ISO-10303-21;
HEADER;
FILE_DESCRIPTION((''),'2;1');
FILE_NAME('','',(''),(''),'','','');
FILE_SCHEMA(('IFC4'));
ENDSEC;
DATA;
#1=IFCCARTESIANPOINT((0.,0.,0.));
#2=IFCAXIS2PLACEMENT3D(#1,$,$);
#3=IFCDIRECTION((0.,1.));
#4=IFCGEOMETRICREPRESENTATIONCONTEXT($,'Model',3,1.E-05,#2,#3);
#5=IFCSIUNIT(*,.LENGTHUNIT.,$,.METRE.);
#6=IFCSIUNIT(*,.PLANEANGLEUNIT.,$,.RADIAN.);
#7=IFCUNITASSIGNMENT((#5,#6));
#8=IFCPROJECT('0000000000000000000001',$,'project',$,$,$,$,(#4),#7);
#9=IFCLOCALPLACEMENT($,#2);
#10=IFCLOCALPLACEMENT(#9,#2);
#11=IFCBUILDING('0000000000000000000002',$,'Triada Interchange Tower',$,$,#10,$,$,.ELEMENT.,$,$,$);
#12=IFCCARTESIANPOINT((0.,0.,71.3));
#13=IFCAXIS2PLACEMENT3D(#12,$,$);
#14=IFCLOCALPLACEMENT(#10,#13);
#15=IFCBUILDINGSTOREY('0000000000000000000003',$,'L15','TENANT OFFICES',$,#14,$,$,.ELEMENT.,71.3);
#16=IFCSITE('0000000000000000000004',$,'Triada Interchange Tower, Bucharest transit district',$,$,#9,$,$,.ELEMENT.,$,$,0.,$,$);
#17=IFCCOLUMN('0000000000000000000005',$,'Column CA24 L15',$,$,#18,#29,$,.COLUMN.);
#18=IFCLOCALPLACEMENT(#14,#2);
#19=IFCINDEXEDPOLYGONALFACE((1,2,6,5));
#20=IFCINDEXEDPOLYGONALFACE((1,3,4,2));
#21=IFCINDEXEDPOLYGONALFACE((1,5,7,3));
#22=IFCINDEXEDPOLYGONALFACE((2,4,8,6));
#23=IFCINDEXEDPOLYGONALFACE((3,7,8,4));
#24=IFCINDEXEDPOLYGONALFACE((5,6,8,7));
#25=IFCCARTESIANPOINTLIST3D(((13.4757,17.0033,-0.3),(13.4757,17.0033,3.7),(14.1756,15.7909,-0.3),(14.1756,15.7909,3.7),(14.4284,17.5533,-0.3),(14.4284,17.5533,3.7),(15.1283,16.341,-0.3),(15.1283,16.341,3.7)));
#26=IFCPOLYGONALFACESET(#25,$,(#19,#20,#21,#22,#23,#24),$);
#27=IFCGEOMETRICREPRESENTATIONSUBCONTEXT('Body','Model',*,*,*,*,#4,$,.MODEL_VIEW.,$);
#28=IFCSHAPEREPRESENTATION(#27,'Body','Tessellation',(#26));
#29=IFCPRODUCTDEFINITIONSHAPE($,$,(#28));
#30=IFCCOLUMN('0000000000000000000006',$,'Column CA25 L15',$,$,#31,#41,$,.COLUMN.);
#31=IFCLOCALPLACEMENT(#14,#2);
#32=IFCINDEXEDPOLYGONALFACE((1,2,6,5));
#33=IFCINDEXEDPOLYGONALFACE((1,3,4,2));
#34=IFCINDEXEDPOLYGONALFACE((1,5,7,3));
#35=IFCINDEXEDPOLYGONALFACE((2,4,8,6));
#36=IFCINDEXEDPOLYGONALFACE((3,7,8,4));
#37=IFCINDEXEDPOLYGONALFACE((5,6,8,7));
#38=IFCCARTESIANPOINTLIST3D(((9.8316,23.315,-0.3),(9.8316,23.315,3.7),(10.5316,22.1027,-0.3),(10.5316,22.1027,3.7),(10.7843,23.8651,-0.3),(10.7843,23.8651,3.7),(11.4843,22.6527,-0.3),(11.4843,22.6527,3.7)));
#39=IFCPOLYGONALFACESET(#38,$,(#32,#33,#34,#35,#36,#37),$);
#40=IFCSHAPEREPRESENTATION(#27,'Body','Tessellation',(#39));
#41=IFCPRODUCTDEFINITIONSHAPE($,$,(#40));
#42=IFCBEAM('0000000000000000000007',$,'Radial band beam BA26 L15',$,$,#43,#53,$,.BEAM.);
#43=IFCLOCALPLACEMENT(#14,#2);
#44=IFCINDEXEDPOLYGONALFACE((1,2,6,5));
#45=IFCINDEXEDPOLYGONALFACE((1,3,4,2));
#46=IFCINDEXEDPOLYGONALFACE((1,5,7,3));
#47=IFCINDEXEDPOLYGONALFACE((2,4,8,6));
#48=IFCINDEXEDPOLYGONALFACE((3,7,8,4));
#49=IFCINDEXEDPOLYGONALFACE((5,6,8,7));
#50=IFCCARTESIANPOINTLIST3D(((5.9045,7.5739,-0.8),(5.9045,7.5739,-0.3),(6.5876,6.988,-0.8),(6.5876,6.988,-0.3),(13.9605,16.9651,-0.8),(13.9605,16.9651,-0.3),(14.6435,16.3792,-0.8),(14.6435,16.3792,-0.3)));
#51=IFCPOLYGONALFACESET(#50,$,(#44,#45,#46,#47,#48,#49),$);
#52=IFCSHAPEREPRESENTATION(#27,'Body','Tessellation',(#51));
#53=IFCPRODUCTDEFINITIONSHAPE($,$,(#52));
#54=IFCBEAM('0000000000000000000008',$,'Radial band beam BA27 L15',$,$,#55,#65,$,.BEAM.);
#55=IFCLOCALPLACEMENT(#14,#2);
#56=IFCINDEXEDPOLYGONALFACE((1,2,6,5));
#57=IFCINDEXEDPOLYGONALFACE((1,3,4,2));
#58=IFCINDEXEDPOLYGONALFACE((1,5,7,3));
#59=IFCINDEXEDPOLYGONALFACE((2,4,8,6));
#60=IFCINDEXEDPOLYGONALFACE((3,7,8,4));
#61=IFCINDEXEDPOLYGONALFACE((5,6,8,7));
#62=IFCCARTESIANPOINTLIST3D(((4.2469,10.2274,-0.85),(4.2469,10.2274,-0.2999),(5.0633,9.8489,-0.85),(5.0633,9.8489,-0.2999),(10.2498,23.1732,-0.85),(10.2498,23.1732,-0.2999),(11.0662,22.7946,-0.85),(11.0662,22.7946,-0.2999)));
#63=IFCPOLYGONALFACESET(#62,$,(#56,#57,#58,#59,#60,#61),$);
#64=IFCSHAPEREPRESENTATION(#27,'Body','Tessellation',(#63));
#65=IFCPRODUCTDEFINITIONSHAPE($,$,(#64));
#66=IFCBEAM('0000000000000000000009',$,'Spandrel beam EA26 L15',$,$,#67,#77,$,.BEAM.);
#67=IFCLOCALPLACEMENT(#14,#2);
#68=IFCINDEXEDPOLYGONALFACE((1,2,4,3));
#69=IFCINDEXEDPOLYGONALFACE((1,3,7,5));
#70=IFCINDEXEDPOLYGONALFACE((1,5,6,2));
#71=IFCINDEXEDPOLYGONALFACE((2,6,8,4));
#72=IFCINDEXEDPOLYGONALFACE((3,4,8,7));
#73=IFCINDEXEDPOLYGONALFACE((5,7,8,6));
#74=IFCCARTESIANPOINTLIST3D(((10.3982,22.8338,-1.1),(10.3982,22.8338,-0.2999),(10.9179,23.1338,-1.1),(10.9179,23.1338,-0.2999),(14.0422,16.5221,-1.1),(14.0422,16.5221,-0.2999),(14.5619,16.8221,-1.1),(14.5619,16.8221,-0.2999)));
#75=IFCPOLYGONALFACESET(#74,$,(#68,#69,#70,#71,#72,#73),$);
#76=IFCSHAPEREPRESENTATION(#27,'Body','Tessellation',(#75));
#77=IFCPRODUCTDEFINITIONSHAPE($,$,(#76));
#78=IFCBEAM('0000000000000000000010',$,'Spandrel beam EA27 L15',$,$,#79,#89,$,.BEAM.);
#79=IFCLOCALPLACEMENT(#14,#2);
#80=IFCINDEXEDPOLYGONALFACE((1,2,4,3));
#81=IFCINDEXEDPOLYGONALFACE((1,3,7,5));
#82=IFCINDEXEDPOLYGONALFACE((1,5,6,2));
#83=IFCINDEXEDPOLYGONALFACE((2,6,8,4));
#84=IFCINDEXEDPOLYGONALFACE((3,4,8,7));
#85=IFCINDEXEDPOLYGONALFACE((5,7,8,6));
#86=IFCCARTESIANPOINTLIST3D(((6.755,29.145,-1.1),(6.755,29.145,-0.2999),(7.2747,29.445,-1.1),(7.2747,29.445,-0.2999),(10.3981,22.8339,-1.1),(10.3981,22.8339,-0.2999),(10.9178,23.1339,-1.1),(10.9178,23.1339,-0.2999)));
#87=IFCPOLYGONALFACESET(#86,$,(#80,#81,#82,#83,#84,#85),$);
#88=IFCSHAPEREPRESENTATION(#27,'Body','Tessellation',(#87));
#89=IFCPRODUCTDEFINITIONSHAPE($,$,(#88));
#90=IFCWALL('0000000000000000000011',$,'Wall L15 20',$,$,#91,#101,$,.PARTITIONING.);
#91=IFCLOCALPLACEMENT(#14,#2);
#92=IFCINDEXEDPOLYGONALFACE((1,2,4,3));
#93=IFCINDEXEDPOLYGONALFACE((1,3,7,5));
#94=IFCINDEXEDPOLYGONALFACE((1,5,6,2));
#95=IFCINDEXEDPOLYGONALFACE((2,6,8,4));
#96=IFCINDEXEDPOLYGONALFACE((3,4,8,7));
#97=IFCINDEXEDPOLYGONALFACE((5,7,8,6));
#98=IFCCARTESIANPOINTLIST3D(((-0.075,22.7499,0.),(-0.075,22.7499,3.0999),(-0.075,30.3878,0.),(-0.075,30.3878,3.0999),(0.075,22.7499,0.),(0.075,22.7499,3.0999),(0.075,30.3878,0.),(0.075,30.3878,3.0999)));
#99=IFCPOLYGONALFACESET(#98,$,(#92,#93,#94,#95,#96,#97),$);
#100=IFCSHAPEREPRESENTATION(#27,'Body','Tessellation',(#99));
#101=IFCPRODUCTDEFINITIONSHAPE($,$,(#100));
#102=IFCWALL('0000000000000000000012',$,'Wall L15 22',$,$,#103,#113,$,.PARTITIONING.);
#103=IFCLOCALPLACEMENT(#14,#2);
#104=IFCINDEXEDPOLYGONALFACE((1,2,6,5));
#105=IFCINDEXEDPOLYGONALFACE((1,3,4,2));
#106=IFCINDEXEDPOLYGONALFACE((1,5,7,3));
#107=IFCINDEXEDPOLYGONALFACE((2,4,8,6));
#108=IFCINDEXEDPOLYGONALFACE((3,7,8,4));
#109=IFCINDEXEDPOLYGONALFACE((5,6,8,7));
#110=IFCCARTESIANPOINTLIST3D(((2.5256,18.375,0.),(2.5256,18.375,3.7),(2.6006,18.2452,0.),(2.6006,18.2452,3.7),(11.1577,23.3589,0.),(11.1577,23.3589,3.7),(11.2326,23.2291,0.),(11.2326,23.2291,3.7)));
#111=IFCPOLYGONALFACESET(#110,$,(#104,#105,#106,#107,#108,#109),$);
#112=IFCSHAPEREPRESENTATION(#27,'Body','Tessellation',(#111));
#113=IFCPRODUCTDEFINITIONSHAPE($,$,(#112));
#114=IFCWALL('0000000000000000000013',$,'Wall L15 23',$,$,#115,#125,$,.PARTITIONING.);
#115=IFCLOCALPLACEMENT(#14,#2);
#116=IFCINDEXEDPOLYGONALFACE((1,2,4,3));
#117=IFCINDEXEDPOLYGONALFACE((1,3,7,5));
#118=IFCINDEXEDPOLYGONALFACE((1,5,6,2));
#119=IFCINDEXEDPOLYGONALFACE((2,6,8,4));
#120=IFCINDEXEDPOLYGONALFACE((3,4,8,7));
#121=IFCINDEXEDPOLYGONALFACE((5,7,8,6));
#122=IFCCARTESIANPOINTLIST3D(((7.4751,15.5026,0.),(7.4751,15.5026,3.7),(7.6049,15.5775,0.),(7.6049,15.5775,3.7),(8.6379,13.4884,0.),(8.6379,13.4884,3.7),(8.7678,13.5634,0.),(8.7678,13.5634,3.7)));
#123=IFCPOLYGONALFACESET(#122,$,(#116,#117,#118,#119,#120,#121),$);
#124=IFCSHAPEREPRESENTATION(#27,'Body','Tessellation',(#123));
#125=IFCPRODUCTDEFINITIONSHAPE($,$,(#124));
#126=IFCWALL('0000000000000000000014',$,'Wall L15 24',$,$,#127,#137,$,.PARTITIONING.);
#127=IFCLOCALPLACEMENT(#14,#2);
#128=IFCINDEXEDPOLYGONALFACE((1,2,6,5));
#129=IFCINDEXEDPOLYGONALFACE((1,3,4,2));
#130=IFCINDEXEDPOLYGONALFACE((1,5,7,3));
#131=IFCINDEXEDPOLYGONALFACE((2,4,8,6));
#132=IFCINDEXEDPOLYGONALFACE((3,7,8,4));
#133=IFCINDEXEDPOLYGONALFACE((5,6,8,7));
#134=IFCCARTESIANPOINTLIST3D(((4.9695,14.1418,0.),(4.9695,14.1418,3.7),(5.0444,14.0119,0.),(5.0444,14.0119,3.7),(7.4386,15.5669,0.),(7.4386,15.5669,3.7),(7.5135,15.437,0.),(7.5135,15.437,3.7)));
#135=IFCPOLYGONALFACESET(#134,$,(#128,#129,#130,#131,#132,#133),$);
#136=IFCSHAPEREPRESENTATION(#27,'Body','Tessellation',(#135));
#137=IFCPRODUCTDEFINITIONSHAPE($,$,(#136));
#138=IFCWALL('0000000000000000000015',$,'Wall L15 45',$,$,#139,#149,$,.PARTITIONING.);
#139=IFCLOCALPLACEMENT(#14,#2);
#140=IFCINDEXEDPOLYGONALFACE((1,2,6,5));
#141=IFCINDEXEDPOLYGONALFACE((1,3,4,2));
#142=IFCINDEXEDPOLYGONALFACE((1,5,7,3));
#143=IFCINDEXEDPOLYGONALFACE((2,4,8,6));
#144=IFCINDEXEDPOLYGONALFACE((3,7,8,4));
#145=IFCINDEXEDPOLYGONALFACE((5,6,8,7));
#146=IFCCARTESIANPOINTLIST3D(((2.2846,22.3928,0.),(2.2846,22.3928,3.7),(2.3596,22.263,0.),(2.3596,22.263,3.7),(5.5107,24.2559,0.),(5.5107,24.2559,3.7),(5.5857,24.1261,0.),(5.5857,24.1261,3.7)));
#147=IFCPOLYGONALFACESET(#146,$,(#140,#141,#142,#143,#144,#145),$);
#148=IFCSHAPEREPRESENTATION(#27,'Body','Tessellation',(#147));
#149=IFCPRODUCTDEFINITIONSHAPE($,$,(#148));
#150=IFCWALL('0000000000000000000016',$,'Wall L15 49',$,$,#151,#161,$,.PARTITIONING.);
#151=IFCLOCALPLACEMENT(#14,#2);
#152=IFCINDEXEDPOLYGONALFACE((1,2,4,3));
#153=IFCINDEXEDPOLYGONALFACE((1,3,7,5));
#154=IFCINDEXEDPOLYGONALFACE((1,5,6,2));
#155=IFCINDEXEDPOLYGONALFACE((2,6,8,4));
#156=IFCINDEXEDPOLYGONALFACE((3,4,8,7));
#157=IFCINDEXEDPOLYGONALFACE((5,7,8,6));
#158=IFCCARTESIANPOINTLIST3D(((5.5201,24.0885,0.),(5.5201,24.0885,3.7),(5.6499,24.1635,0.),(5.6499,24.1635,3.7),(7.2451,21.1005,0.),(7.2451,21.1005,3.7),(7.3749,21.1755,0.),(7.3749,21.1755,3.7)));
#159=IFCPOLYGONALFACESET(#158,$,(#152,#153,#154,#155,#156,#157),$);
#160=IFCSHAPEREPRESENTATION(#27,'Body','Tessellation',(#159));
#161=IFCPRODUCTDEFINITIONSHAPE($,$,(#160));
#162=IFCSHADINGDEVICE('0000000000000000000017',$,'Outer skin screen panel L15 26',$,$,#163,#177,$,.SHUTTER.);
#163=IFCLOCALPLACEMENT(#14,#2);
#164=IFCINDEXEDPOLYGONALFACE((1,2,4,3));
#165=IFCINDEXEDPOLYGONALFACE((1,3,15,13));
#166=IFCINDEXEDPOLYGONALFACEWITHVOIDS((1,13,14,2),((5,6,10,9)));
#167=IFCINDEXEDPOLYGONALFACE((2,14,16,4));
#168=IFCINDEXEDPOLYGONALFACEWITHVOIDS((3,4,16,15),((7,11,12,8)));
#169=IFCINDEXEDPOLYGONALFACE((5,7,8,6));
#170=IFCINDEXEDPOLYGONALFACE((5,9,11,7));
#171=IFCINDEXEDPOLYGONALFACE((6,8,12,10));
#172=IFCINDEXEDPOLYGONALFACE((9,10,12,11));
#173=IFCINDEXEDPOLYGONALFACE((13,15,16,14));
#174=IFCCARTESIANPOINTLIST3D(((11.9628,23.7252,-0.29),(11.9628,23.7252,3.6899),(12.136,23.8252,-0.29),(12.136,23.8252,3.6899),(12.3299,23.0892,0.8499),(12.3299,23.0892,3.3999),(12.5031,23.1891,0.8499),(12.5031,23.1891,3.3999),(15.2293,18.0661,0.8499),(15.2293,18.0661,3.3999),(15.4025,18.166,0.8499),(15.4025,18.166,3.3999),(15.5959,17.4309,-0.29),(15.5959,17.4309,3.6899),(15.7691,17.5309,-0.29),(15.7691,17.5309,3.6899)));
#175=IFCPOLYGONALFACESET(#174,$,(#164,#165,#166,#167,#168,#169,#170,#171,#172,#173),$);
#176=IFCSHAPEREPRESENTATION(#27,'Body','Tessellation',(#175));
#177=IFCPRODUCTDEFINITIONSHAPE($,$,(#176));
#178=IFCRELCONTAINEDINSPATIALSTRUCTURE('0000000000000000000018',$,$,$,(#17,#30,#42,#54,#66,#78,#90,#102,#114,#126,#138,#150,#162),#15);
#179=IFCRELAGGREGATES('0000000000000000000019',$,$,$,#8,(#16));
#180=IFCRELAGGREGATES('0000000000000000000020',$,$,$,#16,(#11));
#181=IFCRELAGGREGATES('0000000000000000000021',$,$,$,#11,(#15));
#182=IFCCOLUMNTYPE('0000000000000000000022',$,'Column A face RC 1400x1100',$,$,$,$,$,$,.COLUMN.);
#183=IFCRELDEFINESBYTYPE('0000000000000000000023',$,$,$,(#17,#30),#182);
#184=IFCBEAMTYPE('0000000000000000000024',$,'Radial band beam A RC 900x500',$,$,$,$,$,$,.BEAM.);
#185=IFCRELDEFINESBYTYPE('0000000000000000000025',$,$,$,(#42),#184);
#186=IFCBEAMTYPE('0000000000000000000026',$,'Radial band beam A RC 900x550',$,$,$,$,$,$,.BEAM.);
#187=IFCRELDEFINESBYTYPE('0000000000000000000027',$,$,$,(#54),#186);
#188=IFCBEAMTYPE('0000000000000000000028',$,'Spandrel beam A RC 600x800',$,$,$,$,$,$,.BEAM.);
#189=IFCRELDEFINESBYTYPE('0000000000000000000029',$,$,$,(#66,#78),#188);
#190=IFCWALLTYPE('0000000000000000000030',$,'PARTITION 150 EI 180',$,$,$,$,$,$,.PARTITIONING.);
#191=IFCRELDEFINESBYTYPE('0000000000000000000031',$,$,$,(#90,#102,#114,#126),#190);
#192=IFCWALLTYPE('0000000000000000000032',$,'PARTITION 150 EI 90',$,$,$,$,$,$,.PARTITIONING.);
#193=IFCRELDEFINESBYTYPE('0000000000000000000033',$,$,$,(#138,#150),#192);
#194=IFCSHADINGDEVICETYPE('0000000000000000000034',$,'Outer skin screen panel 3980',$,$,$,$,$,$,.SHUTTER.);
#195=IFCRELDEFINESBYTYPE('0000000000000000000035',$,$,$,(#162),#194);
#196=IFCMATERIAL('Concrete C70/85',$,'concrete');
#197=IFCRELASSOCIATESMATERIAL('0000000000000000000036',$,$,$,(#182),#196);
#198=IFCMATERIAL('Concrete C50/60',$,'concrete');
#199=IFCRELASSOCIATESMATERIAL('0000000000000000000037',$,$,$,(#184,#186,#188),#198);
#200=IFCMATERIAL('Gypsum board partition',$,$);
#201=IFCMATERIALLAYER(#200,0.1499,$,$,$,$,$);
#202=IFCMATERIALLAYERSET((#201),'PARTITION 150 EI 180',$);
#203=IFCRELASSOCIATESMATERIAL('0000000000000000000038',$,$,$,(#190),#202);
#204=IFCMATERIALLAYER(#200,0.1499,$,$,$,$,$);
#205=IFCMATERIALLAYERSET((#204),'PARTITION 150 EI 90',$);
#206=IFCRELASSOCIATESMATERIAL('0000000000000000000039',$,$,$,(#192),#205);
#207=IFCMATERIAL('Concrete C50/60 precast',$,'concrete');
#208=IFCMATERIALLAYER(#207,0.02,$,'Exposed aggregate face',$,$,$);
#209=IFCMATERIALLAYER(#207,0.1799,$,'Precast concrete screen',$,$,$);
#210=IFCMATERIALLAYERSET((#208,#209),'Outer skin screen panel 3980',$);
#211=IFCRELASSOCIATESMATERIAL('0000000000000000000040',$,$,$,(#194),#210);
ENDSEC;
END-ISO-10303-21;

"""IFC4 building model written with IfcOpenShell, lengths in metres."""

from ifc_helpers import new_model, si_unit, direction, frame, frame_2d, origin, origin_2d, place, context, subcontext, project, spatial, polyline, rectangle, outline, extrude, material, layer, layer_set, material_profile, profile_set, type_object, element, save


model = new_model("IFC4")

# Units and contexts
model_context = context("Model", 3, precision=1e-05, world=origin(), true_north=direction((0.0, 1.0)))
body_context = subcontext(model_context, "Body", "Model", "MODEL_VIEW")
ifc_project = project(units=[si_unit("LENGTHUNIT", "METRE"), si_unit("PLANEANGLEUNIT", "RADIAN")], contexts=[model_context])

# Site, building, storey
site_placement = place(None, origin())
site = spatial("IfcSite", under=ifc_project, at=site_placement, Name="Triada Interchange Tower, Bucharest transit district", CompositionType="ELEMENT", RefElevation=0.0)
building_placement = place(site_placement, origin())
building = spatial("IfcBuilding", under=site, at=building_placement, Name="Triada Interchange Tower", CompositionType="ELEMENT")
storey_placement = place(building_placement, frame((0.0, 0.0, 71.3)))
storey = spatial("IfcBuildingStorey", under=building, at=storey_placement, Name="L15", Description="TENANT OFFICES", CompositionType="ELEMENT", Elevation=71.3)

# Columns
ifc_material_1 = material(Name="Concrete C70/85", Category="concrete")
ifc_material_profile_1 = material_profile(ifc_material_1, rectangle(XDim=1.3999, YDim=1.1001, at=origin_2d()), Name="RC 1400x1100")
ifc_profile_set_1 = profile_set([ifc_material_profile_1], Name="Concrete C70/85")
column_type = type_object("IfcColumnType", Name="Column A face RC 1400x1100", PredefinedType="COLUMN", material=ifc_profile_set_1)
for number, where, z_axis, x_axis, name in (
    (1, (14.302, 16.6721, -0.3), (0.0, 0.0, 1.0), (-0.5, 0.866025, 0.0), "Column CA24 L15"),
    (2, (10.658, 22.9839, -0.3), (0.0, 0.0, 1.0), (-0.5, 0.866025, 0.0), "Column CA25 L15"),
):
    element("IfcColumn", number, at=place(storey_placement, frame(where, z_axis=z_axis, x_axis=x_axis)), inside=storey, type_object=column_type, Name=name, PredefinedType="COLUMN", context=body_context, shape_type="SweptSolid", body=[
        extrude(rectangle(XDim=1.3999, YDim=1.1001, at=origin_2d()), origin(), (0.0, 0.0, 1.0), 4.0),
    ])

# Beams
ifc_material_2 = material(Name="Concrete C50/60", Category="concrete")
ifc_material_profile_2 = material_profile(ifc_material_2, rectangle(XDim=0.8999, YDim=0.5, at=origin_2d()), Name="RC 900x500")
ifc_profile_set_2 = profile_set([ifc_material_profile_2], Name="Concrete C50/60")
beam_type_1 = type_object("IfcBeamType", Name="Radial band beam A RC 900x500", PredefinedType="BEAM", material=ifc_profile_set_2)
beam_1_placement = place(storey_placement, frame((14.302, 16.6721, -0.55), z_axis=(-0.651089, -0.759002, 0.0), x_axis=(0.759002, -0.651089, 0.0)))
element("IfcBeam", 3, at=beam_1_placement, inside=storey, type_object=beam_type_1, Name="Radial band beam BA26 L15", PredefinedType="BEAM", context=body_context, shape_type="SweptSolid", body=[
    extrude(rectangle(XDim=0.8999, YDim=0.5, at=origin_2d()), origin(), (0.0, 0.0, 1.0), 12.373),
])
ifc_material_profile_3 = material_profile(ifc_material_2, rectangle(XDim=0.8999, YDim=0.55, at=origin_2d()), Name="RC 900x550")
ifc_profile_set_3 = profile_set([ifc_material_profile_3], Name="Concrete C50/60")
beam_type_2 = type_object("IfcBeamType", Name="Radial band beam A RC 900x550", PredefinedType="BEAM", material=ifc_profile_set_3)
beam_2_placement = place(storey_placement, frame((10.658, 22.9839, -0.575), z_axis=(-0.420672, -0.907213, 0.0), x_axis=(0.907213, -0.420672, 0.0)))
element("IfcBeam", 4, at=beam_2_placement, inside=storey, type_object=beam_type_2, Name="Radial band beam BA27 L15", PredefinedType="BEAM", context=body_context, shape_type="SweptSolid", body=[
    extrude(rectangle(XDim=0.8999, YDim=0.55, at=origin_2d()), origin(), (0.0, 0.0, 1.0), 14.2698),
])
ifc_material_profile_4 = material_profile(ifc_material_2, rectangle(XDim=0.6001, YDim=0.8, at=origin_2d()), Name="RC 600x800")
ifc_profile_set_4 = profile_set([ifc_material_profile_4], Name="Concrete C50/60")
beam_type_3 = type_object("IfcBeamType", Name="Spandrel beam A RC 600x800", PredefinedType="BEAM", material=ifc_profile_set_4)
beam_3_placement = place(storey_placement, frame((14.302, 16.6721, -0.7), z_axis=(-0.499994, 0.866029, 0.0), x_axis=(-0.866029, -0.499994, 0.0)))
element("IfcBeam", 5, at=beam_3_placement, inside=storey, type_object=beam_type_3, Name="Spandrel beam EA26 L15", PredefinedType="BEAM", context=body_context, shape_type="SweptSolid", body=[
    extrude(rectangle(XDim=0.6001, YDim=0.8, at=origin_2d()), origin(), (0.0, 0.0, 1.0), 7.2881),
])
beam_4_placement = place(storey_placement, frame((10.658, 22.9839, -0.7), z_axis=(-0.499937, 0.866062, 0.0), x_axis=(-0.866062, -0.499937, 0.0)))
element("IfcBeam", 6, at=beam_4_placement, inside=storey, type_object=beam_type_3, Name="Spandrel beam EA27 L15", PredefinedType="BEAM", context=body_context, shape_type="SweptSolid", body=[
    extrude(rectangle(XDim=0.6001, YDim=0.8, at=origin_2d()), origin(), (0.0, 0.0, 1.0), 7.2871),
])

# Wall
ifc_material_3 = material(Name="Gypsum board partition")
ifc_layer_1 = layer(ifc_material_3, 0.1499)
ifc_layer_set_1 = layer_set([ifc_layer_1], Name="PARTITION 150 EI 180")
wall_type_1 = type_object("IfcWallType", Name="PARTITION 150 EI 180", PredefinedType="PARTITIONING", material=ifc_layer_set_1)
wall_1_placement = place(storey_placement, frame((0.0, 22.75, 0.0), z_axis=(0.0, 0.0, 1.0), x_axis=(0.0, 1.0, 0.0)))
element("IfcWall", 7, at=wall_1_placement, inside=storey, type_object=wall_type_1, Name="Wall L15 20", PredefinedType="PARTITIONING", context=body_context, shape_type="SweptSolid", body=[
    extrude(rectangle(XDim=7.6379, YDim=0.1499, at=frame_2d((3.8188, 0.0))), origin(), (0.0, 0.0, 1.0), 3.0999),
])

# Walls
wall_2_placement = place(storey_placement, frame((2.563, 18.3101, 0.0), z_axis=(0.0, 0.0, 1.0), x_axis=(0.866019, 0.500012, 0.0)))
element("IfcWall", 8, at=wall_2_placement, inside=storey, type_object=wall_type_1, Name="Wall L15 22", PredefinedType="PARTITIONING", context=body_context, shape_type="SweptSolid", body=[
    extrude(rectangle(XDim=9.9675, YDim=0.1499, at=frame_2d((4.9839, 0.0))), origin(), (0.0, 0.0, 1.0), 3.7),
])
wall_3_placement = place(storey_placement, frame((7.54, 15.54, 0.0), z_axis=(0.0, 0.0, 1.0), x_axis=(0.499989, -0.866032, 0.0)))
element("IfcWall", 9, at=wall_3_placement, inside=storey, type_object=wall_type_1, Name="Wall L15 23", PredefinedType="PARTITIONING", context=body_context, shape_type="SweptSolid", body=[
    extrude(rectangle(XDim=2.3257, YDim=0.1499, at=frame_2d((1.1628, 0.0))), origin(), (0.0, 0.0, 1.0), 3.7),
])
wall_4_placement = place(storey_placement, frame((5.0071, 14.0769, 0.0), z_axis=(0.0, 0.0, 1.0), x_axis=(0.86609, 0.499888, 0.0)))
element("IfcWall", 10, at=wall_4_placement, inside=storey, type_object=wall_type_1, Name="Wall L15 24", PredefinedType="PARTITIONING", context=body_context, shape_type="SweptSolid", body=[
    extrude(rectangle(XDim=2.8508, YDim=0.1499, at=frame_2d((1.4253, 0.0))), origin(), (0.0, 0.0, 1.0), 3.7),
])
ifc_layer_2 = layer(ifc_material_3, 0.1499)
ifc_layer_set_2 = layer_set([ifc_layer_2], Name="PARTITION 150 EI 90")
wall_type_2 = type_object("IfcWallType", Name="PARTITION 150 EI 90", PredefinedType="PARTITIONING", material=ifc_layer_set_2)
wall_5_placement = place(storey_placement, frame((2.322, 22.3279, 0.0), z_axis=(0.0, 0.0, 1.0), x_axis=(0.865972, 0.500093, 0.0)))
element("IfcWall", 11, at=wall_5_placement, inside=storey, type_object=wall_type_2, Name="Wall L15 45", PredefinedType="PARTITIONING", context=body_context, shape_type="SweptSolid", body=[
    extrude(rectangle(XDim=3.7253, YDim=0.1499, at=frame_2d((1.8628, 0.0))), origin(), (0.0, 0.0, 1.0), 3.7),
])
wall_6_placement = place(storey_placement, frame((5.585, 24.126, 0.0), z_axis=(0.0, 0.0, 1.0), x_axis=(0.49999, -0.866031, 0.0)))
element("IfcWall", 12, at=wall_6_placement, inside=storey, type_object=wall_type_2, Name="Wall L15 49", PredefinedType="PARTITIONING", context=body_context, shape_type="SweptSolid", body=[
    extrude(rectangle(XDim=3.4502, YDim=0.1499, at=frame_2d((1.7251, 0.0))), origin(), (0.0, 0.0, 1.0), 3.7),
])

# Shading device
ifc_material_4 = material(Name="Concrete C50/60 precast", Category="concrete")
ifc_layer_3 = layer(ifc_material_4, 0.02, Name="Exposed aggregate face")
ifc_layer_4 = layer(ifc_material_4, 0.1799, Name="Precast concrete screen")
ifc_layer_set_3 = layer_set([ifc_layer_3, ifc_layer_4], Name="Outer skin screen panel 3980")
shading_device_type = type_object("IfcShadingDeviceType", Name="Outer skin screen panel 3980", PredefinedType="SHUTTER", material=ifc_layer_set_3)
shading_device_1_placement = place(storey_placement, frame((15.5959, 17.4309, -0.29), z_axis=(0.0, 0.0, 1.0), x_axis=(-0.499908, 0.866079, 0.0)))
element("IfcShadingDevice", 13, at=shading_device_1_placement, inside=storey, type_object=shading_device_type, Name="Outer skin screen panel L15 26", PredefinedType="SHUTTER", context=body_context, shape_type="SweptSolid", body=[
    extrude(outline(polyline([(0.0, 0.0), (7.2676, 0.0), (7.2676, 3.98), (0.0, 3.98), (0.0, 0.0)]), holes=[polyline([(0.7334, 1.1399), (0.7334, 3.6899), (6.5332, 3.6899), (6.5332, 1.1399), (0.7334, 1.1399)])]), frame((0.0, 0.0, 0.0), z_axis=(0.0, -1.0, 0.0), x_axis=(1.0, 0.0, 0.0)), (0.0, 0.0, 1.0), 0.2),
])

save(model, "model.ifc")
